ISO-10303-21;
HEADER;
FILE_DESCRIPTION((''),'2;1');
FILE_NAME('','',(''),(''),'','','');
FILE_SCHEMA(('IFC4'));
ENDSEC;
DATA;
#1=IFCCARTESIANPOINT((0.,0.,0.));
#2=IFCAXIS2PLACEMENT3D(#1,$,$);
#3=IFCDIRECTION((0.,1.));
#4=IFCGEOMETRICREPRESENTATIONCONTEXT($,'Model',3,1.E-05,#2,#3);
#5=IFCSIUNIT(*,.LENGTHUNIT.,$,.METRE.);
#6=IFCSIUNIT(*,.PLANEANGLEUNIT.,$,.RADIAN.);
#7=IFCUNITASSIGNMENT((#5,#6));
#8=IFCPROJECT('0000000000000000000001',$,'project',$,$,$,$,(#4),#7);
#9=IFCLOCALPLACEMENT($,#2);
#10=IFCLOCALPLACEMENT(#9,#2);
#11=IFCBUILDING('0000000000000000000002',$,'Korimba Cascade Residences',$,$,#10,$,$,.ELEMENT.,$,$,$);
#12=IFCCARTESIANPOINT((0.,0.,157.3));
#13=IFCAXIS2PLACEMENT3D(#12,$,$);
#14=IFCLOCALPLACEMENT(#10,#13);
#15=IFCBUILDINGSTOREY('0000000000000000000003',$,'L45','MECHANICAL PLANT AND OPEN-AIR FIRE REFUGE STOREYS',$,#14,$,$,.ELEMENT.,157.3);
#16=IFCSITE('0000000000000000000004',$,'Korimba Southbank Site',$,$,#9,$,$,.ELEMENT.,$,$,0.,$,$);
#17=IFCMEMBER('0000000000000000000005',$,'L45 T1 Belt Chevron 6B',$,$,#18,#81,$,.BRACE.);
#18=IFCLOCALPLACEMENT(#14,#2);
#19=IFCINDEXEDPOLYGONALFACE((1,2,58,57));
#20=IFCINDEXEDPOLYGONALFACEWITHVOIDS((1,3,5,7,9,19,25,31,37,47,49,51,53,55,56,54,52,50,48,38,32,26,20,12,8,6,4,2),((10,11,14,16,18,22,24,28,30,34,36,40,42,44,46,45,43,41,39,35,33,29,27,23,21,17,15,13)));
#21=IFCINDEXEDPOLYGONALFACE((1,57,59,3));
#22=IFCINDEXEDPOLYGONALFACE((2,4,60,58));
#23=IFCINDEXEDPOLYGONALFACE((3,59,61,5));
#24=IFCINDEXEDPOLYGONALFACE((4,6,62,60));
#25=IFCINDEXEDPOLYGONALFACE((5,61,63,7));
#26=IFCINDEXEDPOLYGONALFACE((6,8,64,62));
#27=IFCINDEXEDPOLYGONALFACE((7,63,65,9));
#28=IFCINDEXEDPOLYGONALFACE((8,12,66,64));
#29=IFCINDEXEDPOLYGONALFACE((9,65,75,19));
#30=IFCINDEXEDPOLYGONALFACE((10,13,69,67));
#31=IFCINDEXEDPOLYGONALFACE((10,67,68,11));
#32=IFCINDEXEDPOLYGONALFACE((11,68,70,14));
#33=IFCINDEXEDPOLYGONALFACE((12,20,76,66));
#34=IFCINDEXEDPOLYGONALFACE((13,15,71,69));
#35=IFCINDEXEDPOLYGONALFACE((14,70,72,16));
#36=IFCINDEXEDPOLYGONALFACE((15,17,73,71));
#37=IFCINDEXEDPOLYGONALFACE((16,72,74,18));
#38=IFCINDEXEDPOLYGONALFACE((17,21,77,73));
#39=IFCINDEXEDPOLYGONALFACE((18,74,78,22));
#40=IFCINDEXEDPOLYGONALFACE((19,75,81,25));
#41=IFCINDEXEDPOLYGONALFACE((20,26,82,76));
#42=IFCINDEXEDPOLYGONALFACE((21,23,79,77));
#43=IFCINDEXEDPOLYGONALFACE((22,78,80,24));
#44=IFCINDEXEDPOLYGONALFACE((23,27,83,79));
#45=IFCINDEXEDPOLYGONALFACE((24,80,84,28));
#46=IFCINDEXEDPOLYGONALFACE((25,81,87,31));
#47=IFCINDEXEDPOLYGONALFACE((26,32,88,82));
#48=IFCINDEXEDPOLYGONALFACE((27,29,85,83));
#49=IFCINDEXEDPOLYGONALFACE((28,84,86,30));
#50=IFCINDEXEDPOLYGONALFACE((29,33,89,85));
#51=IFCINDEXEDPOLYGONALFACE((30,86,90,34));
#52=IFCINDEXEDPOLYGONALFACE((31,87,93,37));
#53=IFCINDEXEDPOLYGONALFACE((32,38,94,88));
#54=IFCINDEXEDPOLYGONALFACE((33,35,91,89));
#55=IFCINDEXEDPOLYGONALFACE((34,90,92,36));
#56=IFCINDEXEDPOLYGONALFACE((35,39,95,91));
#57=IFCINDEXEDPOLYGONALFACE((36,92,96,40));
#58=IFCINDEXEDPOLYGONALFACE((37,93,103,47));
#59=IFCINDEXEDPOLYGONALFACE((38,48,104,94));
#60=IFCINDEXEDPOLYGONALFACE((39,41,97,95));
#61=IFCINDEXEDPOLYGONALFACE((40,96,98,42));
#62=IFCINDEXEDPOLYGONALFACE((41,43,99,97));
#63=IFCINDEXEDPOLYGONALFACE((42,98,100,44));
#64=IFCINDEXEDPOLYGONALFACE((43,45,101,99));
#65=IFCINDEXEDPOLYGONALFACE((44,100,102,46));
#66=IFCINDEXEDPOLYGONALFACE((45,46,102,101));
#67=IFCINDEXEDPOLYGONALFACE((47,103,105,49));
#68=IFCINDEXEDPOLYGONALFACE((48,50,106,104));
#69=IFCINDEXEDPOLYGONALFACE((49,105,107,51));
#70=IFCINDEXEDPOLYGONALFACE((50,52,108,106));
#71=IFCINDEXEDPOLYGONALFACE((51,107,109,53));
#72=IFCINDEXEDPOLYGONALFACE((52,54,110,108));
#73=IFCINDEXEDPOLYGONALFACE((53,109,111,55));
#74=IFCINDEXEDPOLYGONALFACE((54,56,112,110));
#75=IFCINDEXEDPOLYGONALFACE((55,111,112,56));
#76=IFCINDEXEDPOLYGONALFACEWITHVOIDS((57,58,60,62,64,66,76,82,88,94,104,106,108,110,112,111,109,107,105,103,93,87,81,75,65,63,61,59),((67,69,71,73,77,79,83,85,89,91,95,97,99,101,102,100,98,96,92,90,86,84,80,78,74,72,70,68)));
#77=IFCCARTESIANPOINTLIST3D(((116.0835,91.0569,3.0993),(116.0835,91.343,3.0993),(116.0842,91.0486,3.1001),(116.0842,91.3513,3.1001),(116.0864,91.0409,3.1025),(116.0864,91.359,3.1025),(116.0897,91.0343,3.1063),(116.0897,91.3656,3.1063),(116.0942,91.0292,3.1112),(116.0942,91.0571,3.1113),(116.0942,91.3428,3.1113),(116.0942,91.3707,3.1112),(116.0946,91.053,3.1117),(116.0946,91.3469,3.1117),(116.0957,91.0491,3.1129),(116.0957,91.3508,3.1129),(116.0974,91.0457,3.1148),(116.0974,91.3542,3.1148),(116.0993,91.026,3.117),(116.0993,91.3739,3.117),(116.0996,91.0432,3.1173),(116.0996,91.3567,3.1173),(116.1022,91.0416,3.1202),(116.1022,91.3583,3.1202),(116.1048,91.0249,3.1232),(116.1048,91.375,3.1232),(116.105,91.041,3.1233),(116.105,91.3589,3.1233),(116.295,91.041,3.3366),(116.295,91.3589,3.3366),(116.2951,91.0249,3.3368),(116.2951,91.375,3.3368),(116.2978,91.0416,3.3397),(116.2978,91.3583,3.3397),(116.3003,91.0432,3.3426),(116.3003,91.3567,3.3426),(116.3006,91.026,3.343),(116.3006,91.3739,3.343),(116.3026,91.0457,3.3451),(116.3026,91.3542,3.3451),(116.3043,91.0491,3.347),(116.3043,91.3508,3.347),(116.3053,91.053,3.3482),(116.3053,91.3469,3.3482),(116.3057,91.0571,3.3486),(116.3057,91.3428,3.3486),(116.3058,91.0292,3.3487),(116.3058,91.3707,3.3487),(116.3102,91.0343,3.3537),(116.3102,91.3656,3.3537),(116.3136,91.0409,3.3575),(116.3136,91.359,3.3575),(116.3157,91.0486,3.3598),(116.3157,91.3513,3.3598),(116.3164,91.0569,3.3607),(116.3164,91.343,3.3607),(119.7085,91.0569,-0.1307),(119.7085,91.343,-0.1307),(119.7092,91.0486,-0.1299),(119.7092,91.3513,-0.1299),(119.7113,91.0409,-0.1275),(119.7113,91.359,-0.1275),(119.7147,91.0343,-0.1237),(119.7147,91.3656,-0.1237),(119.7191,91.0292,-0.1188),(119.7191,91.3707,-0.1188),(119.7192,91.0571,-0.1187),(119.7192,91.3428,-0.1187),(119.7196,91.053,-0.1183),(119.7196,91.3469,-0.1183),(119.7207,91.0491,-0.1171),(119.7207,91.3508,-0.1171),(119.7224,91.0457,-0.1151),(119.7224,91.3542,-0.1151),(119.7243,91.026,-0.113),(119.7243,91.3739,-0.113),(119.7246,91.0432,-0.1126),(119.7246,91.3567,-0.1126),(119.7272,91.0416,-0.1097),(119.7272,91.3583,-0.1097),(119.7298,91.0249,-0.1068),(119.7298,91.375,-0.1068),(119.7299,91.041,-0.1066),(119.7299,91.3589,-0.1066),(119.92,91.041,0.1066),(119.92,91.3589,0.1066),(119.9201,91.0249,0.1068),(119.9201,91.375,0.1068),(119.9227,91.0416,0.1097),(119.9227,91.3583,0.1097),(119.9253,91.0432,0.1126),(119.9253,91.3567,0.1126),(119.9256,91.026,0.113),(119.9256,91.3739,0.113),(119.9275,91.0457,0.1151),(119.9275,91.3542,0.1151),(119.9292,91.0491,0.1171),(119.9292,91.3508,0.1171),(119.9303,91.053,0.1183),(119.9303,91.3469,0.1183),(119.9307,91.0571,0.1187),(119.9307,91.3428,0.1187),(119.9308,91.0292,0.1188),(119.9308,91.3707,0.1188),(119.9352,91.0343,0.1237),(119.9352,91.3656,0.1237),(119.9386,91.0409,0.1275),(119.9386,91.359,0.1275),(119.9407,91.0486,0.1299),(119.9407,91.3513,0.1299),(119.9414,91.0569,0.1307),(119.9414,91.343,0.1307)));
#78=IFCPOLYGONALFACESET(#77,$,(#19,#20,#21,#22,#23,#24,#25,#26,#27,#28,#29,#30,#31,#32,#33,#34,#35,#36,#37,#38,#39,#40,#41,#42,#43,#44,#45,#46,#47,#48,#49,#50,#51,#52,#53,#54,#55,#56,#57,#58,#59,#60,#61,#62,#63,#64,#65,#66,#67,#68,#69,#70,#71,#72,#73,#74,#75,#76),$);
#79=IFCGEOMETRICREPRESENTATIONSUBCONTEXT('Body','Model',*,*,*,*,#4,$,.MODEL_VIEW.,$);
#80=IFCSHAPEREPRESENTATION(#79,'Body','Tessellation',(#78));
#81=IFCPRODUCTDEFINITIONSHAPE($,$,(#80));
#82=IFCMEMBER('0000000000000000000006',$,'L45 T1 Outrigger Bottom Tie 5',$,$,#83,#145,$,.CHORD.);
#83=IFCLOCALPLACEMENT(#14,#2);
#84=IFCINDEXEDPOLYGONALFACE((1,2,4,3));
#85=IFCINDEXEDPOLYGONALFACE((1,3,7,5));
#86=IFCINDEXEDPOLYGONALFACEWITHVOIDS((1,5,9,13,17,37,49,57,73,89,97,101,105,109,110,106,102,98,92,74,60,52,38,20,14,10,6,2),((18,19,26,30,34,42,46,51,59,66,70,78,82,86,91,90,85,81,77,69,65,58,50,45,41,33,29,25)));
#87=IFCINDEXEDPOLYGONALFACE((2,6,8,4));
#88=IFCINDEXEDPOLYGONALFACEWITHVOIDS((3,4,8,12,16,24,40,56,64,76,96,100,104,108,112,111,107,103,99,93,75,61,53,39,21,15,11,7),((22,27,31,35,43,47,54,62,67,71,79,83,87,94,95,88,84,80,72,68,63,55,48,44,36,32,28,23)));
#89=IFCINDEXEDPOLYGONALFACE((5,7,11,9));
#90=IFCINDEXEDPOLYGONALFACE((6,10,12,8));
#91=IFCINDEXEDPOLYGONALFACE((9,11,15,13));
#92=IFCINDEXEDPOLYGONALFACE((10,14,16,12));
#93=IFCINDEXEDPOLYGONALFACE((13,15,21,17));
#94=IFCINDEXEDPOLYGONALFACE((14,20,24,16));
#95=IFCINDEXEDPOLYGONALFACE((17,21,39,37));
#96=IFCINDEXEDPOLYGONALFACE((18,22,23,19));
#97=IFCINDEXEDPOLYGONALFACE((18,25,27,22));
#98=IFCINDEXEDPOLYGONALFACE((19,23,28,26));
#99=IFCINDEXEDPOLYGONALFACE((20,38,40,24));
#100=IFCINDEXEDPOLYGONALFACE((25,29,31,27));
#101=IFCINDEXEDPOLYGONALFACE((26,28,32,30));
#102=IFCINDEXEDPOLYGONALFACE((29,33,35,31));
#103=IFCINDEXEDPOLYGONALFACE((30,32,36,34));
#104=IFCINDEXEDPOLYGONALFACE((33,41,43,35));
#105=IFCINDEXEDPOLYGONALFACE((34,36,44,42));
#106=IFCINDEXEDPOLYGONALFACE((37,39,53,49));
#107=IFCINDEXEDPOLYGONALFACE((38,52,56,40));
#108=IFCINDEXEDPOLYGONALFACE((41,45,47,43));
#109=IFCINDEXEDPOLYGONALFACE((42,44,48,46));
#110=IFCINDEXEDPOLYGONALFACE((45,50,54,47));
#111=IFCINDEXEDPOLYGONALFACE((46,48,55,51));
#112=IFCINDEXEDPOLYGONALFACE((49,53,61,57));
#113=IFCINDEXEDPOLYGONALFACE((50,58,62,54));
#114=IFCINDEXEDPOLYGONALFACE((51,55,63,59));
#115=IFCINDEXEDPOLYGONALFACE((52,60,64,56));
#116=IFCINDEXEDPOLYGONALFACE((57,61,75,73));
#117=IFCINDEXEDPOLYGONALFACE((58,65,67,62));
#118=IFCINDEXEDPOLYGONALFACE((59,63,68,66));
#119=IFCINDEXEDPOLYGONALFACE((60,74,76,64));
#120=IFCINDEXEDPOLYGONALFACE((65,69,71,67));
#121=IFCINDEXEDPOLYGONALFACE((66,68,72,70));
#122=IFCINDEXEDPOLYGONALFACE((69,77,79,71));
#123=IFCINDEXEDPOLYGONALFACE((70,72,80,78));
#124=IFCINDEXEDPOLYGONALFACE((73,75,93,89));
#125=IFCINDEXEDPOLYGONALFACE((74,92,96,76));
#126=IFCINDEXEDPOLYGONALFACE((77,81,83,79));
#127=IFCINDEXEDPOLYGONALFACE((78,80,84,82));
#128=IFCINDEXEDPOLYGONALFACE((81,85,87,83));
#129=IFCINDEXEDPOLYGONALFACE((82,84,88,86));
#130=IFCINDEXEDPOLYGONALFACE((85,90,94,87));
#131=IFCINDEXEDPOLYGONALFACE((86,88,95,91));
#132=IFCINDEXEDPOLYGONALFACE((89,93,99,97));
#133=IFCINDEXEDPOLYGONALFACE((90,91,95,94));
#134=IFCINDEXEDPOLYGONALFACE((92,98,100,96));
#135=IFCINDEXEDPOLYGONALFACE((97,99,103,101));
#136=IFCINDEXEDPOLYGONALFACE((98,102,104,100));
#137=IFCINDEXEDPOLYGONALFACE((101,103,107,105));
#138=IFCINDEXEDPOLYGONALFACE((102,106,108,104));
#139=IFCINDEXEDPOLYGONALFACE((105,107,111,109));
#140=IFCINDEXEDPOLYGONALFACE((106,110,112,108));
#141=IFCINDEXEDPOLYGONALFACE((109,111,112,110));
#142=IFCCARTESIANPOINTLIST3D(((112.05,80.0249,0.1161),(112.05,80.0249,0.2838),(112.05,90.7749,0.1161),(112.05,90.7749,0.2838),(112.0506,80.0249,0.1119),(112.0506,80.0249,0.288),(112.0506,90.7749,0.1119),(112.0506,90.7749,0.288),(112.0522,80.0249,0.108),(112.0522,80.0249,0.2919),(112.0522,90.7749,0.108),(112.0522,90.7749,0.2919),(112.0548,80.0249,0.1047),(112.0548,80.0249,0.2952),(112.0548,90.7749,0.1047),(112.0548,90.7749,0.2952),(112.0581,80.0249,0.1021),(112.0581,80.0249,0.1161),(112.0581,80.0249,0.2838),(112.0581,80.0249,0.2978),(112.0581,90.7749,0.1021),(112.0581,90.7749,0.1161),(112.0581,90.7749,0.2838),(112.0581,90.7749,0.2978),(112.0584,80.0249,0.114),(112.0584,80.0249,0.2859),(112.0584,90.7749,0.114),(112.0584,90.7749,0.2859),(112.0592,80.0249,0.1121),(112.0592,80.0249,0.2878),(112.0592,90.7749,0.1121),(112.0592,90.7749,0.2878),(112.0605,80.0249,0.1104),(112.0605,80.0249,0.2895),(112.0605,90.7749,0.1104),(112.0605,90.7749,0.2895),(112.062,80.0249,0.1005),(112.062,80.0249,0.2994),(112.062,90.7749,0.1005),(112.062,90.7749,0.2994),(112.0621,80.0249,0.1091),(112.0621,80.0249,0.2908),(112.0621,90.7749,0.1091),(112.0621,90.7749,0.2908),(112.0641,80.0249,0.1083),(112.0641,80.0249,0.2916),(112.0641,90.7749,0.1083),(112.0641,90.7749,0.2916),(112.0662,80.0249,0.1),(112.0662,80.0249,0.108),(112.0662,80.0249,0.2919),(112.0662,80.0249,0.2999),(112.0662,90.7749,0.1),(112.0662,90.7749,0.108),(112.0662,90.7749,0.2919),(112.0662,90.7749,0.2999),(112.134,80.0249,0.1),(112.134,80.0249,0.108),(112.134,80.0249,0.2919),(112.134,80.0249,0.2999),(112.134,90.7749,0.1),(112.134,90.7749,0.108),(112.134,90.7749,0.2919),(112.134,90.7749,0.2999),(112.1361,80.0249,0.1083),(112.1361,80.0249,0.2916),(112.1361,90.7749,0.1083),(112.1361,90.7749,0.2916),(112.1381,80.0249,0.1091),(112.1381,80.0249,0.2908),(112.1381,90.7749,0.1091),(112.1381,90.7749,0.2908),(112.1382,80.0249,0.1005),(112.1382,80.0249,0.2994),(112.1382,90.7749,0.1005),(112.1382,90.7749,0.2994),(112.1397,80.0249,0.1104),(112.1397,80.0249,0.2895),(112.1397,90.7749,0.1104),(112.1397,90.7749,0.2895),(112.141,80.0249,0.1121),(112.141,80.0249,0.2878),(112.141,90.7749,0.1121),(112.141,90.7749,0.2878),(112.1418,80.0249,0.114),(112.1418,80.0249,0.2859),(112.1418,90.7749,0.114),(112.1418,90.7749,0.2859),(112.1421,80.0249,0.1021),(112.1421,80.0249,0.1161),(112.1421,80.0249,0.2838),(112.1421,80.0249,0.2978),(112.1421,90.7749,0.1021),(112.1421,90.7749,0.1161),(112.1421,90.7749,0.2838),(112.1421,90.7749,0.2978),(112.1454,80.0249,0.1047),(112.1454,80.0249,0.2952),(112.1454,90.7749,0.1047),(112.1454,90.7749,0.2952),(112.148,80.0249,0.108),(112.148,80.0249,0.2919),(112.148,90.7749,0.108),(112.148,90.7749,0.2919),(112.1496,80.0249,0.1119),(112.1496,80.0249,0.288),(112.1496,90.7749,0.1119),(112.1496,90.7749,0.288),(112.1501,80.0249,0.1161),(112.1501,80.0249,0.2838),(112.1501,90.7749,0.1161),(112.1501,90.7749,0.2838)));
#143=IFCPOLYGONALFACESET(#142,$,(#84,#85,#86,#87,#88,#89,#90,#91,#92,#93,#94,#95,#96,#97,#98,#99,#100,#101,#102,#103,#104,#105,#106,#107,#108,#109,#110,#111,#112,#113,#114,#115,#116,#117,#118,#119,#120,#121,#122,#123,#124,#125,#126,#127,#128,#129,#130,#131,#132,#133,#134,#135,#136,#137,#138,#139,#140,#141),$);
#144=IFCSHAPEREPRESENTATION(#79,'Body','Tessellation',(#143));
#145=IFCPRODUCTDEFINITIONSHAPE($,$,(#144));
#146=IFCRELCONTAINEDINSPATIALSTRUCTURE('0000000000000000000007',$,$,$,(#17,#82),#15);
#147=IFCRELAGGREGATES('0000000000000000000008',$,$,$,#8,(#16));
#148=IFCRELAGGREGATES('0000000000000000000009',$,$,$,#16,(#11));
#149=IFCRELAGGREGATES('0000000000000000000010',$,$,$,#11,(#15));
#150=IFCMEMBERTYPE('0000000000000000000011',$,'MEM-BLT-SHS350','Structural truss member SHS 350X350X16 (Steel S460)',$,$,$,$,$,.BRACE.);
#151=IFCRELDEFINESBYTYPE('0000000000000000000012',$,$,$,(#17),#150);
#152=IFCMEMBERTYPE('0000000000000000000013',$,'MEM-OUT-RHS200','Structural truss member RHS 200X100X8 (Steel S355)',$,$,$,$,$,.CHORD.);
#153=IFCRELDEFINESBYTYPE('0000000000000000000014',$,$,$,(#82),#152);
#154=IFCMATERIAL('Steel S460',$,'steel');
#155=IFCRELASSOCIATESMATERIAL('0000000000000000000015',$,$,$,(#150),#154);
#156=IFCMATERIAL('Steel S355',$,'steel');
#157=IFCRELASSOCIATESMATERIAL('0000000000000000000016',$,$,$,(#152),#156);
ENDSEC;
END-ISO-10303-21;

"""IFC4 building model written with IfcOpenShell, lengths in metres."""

from ifc_helpers import new_model, si_unit, direction, frame, origin, origin_2d, place, context, subcontext, project, spatial, hollow_rectangle, extrude, material, material_profile, profile_set, type_object, element, save


model = new_model("IFC4")

# Units and contexts
model_context = context("Model", 3, precision=1e-05, world=origin(), true_north=direction((0.0, 1.0)))
body_context = subcontext(model_context, "Body", "Model", "MODEL_VIEW")
ifc_project = project(units=[si_unit("LENGTHUNIT", "METRE"), si_unit("PLANEANGLEUNIT", "RADIAN")], contexts=[model_context])

# Site, building, storey
site_placement = place(None, origin())
site = spatial("IfcSite", under=ifc_project, at=site_placement, Name="Korimba Southbank Site", CompositionType="ELEMENT", RefElevation=0.0)
building_placement = place(site_placement, origin())
building = spatial("IfcBuilding", under=site, at=building_placement, Name="Korimba Cascade Residences", CompositionType="ELEMENT")
storey_placement = place(building_placement, frame((0.0, 0.0, 157.3)))
storey = spatial("IfcBuildingStorey", under=building, at=storey_placement, Name="L45", Description="MECHANICAL PLANT AND OPEN-AIR FIRE REFUGE STOREYS", CompositionType="ELEMENT", Elevation=157.3)

# Shared definitions
ifc_material_1 = material(Name="Steel S355", Category="steel")

# Members
ifc_material_2 = material(Name="Steel S460", Category="steel")
ifc_material_profile_1 = material_profile(ifc_material_2, hollow_rectangle(XDim=0.3501, YDim=0.3501, WallThickness=0.0161, InnerFilletRadius=0.0161, OuterFilletRadius=0.032, at=origin_2d()), Name="Steel S460")
ifc_profile_set_1 = profile_set([ifc_material_profile_1], Name="Steel S460")
member_type_1 = type_object("IfcMemberType", Name="MEM-BLT-SHS350", Description="Structural truss member SHS 350X350X16 (Steel S460)", PredefinedType="BRACE", material=ifc_profile_set_1)
for number, where, z_axis, x_axis, name in (
    (1, (119.825, 91.2, 0.0), (-0.746615, 0.0, 0.665256), (0.0, -1.0, 0.0), "L45 T1 Belt Chevron 6B"),
):
    element("IfcMember", number, at=place(storey_placement, frame(where, z_axis=z_axis, x_axis=x_axis)), inside=storey, type_object=member_type_1, Name=name, PredefinedType="BRACE", context=body_context, shape_type="SweptSolid", body=[
        extrude(hollow_rectangle(XDim=0.3501, YDim=0.3501, WallThickness=0.0161, InnerFilletRadius=0.0161, OuterFilletRadius=0.032, at=origin_2d()), origin(), (0.0, 0.0, 1.0), 4.8552),
    ])
ifc_material_profile_2 = material_profile(ifc_material_1, hollow_rectangle(XDim=0.1001, YDim=0.2, WallThickness=0.0081, InnerFilletRadius=0.0081, OuterFilletRadius=0.0161, at=origin_2d()), Name="Steel S355")
ifc_profile_set_2 = profile_set([ifc_material_profile_2], Name="Steel S355")
member_type_2 = type_object("IfcMemberType", Name="MEM-OUT-RHS200", Description="Structural truss member RHS 200X100X8 (Steel S355)", PredefinedType="CHORD", material=ifc_profile_set_2)
member_1_placement = place(storey_placement, frame((112.1001, 80.0249, 0.2), z_axis=(0.0, 1.0, 0.0), x_axis=(-1.0, 0.0, 0.0)))
element("IfcMember", 2, at=member_1_placement, inside=storey, type_object=member_type_2, Name="L45 T1 Outrigger Bottom Tie 5", PredefinedType="CHORD", context=body_context, shape_type="SweptSolid", body=[
    extrude(hollow_rectangle(XDim=0.1001, YDim=0.2, WallThickness=0.0081, InnerFilletRadius=0.0081, OuterFilletRadius=0.0161, at=origin_2d()), origin(), (0.0, 0.0, 1.0), 10.75),
])

save(model, "model.ifc")
